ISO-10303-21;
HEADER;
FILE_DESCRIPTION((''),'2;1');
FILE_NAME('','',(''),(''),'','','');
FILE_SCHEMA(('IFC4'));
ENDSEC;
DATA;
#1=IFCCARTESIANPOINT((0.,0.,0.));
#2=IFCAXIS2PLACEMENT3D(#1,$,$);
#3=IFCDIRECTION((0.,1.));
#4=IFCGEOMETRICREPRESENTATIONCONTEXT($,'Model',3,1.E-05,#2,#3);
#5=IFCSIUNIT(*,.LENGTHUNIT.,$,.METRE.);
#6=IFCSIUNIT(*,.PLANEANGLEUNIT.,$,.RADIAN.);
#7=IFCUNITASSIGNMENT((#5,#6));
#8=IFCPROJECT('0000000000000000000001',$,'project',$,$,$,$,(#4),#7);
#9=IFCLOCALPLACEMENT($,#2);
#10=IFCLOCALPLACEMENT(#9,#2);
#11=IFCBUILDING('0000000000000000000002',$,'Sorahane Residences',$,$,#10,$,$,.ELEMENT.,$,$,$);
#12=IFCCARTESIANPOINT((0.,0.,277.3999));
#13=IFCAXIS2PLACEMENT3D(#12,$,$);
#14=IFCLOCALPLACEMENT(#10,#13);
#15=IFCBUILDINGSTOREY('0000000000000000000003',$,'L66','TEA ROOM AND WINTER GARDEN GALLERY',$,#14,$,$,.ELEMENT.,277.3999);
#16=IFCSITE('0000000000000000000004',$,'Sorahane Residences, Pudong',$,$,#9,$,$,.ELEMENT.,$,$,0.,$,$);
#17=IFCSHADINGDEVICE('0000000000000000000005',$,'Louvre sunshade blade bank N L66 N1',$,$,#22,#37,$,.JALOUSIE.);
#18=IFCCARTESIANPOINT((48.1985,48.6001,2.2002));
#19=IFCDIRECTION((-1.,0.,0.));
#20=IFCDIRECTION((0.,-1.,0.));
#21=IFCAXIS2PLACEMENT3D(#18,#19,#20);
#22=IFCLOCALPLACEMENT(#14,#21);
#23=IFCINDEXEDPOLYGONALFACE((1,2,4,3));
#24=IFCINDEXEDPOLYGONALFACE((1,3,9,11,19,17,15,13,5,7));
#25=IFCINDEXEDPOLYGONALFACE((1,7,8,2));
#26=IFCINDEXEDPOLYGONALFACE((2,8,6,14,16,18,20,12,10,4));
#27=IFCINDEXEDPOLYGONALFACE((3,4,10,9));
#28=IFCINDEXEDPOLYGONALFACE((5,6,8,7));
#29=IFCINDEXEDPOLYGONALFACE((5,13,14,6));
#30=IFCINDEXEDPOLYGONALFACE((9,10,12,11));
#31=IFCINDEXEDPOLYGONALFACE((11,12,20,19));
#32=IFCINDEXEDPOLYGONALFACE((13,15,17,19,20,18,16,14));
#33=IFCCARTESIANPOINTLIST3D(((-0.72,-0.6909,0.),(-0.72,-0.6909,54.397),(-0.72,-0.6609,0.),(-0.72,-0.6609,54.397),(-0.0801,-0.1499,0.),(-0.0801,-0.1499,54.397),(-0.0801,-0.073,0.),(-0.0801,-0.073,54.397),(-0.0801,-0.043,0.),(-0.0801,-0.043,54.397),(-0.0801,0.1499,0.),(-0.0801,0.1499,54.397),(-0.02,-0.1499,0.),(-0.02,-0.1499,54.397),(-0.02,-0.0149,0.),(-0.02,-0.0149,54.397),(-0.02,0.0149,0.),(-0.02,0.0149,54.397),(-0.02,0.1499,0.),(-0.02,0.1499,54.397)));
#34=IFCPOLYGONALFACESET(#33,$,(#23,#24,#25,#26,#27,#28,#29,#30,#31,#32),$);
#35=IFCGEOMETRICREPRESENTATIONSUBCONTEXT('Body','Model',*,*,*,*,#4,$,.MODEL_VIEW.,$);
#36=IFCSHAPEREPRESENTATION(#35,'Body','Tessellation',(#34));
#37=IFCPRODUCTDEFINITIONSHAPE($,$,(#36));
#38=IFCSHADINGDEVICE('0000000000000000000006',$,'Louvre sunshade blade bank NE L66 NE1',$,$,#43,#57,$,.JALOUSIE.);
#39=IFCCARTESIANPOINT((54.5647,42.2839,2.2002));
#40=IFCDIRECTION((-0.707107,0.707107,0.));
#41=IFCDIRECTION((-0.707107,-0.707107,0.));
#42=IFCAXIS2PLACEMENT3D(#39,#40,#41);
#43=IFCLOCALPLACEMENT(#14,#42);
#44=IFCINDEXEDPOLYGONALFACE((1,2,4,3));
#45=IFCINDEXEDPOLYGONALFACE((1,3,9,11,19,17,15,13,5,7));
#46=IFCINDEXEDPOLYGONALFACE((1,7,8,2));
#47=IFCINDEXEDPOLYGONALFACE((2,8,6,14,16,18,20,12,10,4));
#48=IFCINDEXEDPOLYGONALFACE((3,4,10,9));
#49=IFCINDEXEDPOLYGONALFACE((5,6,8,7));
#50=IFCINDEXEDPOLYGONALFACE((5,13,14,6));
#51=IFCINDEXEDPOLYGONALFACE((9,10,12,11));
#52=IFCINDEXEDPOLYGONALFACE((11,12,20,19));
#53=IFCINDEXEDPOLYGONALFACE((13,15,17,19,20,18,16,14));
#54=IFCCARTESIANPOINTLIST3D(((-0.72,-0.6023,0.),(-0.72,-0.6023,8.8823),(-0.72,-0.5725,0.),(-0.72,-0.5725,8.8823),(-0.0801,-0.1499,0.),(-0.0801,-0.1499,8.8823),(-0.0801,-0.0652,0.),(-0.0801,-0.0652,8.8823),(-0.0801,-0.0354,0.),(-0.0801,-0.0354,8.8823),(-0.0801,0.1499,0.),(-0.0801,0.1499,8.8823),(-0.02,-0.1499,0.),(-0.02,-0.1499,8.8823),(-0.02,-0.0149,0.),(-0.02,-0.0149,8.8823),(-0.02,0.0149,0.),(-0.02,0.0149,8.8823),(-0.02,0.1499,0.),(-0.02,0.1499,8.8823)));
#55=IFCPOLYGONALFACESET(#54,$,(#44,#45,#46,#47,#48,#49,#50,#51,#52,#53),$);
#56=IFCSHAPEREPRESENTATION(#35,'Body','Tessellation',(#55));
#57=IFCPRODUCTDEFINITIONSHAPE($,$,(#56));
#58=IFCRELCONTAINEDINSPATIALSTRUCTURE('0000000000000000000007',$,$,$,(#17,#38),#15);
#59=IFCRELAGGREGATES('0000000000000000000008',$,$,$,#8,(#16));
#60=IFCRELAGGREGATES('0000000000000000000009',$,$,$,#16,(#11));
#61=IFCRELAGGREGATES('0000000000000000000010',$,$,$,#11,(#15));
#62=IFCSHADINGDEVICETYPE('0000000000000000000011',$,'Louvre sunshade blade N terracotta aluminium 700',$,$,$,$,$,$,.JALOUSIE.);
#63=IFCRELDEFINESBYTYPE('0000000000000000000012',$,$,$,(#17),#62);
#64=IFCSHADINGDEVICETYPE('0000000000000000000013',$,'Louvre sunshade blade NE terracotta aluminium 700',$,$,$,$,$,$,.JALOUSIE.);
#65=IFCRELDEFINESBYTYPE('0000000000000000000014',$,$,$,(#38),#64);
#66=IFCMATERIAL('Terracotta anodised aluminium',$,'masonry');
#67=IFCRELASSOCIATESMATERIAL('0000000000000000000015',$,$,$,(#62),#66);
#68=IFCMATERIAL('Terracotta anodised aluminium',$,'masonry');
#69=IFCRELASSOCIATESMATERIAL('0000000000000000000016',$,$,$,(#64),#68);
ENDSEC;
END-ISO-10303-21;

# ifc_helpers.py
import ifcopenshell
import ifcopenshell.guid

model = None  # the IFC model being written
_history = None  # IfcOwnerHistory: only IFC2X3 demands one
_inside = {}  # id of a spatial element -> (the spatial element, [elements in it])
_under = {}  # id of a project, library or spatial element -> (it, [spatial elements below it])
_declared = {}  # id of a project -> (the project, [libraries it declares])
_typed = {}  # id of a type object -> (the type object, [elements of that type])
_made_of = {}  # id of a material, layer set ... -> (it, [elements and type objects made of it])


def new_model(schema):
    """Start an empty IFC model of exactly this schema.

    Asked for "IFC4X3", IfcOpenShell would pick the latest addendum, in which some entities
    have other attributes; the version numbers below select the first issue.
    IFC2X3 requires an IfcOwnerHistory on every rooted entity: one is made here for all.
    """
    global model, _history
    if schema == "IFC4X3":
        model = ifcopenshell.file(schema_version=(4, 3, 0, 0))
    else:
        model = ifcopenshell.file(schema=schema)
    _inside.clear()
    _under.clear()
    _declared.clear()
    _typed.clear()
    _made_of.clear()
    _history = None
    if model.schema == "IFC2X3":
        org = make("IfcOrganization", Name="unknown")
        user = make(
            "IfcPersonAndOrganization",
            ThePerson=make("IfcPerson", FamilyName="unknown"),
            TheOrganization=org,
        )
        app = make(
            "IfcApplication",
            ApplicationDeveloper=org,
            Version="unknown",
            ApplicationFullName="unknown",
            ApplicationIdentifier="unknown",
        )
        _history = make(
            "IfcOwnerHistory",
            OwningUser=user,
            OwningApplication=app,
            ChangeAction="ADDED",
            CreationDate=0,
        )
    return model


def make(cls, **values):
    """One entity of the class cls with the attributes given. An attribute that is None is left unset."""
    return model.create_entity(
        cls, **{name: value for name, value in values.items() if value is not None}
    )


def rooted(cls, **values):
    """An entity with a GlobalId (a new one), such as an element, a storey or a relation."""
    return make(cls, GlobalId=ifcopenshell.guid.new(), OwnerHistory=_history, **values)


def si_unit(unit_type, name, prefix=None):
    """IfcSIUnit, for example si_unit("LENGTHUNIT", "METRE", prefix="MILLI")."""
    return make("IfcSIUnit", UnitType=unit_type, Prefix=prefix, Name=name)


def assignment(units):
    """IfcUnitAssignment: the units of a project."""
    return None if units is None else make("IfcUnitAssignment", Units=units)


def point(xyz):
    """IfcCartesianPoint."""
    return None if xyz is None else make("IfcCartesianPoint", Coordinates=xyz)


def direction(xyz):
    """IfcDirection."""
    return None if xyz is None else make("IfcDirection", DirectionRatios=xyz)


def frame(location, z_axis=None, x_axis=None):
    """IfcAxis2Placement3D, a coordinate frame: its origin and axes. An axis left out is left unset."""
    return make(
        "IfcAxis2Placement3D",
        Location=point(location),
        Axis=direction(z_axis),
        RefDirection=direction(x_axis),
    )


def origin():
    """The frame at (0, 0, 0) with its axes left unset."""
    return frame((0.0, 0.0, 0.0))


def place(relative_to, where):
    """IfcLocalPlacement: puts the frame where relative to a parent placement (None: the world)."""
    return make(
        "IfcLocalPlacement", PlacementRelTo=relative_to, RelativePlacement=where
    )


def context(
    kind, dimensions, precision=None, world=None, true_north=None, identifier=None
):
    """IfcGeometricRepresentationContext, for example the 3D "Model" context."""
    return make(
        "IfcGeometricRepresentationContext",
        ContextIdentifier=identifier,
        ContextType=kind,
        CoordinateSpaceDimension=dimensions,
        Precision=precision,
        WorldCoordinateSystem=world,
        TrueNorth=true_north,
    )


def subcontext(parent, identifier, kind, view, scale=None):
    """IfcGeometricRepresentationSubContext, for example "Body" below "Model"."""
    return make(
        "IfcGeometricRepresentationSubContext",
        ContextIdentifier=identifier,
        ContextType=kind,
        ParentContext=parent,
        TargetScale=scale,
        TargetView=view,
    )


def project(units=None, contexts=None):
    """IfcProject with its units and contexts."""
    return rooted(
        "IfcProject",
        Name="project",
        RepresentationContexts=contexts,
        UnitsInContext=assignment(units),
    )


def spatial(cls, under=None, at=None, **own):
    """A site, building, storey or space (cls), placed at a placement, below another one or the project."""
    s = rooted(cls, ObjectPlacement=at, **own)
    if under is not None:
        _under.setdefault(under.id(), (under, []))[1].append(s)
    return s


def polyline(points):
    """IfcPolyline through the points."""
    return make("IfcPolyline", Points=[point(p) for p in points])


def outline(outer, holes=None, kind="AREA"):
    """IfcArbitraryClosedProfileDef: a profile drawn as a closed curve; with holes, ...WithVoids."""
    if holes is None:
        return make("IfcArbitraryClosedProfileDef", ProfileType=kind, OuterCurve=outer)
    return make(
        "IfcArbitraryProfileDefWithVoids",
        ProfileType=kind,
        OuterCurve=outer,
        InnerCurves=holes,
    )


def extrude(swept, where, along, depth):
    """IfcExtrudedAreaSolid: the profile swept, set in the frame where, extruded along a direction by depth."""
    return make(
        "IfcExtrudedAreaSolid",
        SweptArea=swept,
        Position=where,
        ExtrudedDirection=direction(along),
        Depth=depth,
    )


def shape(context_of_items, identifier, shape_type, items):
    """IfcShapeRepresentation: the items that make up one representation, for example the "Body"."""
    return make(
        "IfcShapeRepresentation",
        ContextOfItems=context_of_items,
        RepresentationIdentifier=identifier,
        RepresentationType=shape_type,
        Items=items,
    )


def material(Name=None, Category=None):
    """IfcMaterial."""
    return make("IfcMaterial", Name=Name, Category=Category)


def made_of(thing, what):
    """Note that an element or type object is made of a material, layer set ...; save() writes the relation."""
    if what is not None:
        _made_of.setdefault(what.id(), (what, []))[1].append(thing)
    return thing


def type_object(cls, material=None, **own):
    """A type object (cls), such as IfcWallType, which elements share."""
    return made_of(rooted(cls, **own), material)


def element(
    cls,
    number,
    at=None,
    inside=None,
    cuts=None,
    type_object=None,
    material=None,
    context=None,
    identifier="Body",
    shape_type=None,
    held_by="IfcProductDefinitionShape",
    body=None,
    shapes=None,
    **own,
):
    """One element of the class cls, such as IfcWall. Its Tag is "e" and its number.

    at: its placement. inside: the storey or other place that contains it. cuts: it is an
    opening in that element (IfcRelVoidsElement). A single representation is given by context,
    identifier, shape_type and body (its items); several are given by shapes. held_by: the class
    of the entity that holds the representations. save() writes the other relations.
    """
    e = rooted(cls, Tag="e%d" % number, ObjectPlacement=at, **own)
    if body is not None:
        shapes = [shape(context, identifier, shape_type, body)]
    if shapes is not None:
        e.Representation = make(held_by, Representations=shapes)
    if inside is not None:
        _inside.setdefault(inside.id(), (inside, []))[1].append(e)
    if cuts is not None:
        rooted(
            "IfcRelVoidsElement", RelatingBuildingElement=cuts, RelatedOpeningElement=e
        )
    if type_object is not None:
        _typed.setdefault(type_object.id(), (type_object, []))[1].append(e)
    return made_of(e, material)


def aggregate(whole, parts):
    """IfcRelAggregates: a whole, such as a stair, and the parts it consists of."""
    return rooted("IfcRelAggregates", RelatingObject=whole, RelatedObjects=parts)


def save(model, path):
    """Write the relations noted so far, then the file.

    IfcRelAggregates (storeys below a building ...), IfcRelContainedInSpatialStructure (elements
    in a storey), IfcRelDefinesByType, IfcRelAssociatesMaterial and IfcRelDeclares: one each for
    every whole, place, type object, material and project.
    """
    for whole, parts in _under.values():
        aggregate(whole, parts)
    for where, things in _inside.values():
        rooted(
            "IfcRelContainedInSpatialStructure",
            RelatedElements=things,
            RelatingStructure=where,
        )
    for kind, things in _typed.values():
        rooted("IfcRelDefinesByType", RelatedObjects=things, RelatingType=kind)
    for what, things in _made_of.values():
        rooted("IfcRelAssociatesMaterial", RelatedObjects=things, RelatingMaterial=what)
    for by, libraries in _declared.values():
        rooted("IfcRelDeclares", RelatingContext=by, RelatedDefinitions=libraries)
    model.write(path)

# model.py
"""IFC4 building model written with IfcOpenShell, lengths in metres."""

from ifc_helpers import new_model, si_unit, direction, frame, origin, place, context, subcontext, project, spatial, polyline, outline, extrude, material, type_object, element, save


model = new_model("IFC4")

# Units and contexts
model_context = context("Model", 3, precision=1e-05, world=origin(), true_north=direction((0.0, 1.0)))
body_context = subcontext(model_context, "Body", "Model", "MODEL_VIEW")
ifc_project = project(units=[si_unit("LENGTHUNIT", "METRE"), si_unit("PLANEANGLEUNIT", "RADIAN")], contexts=[model_context])

# Site, building, storey
site_placement = place(None, origin())
site = spatial("IfcSite", under=ifc_project, at=site_placement, Name="Sorahane Residences, Pudong", CompositionType="ELEMENT", RefElevation=0.0)
building_placement = place(site_placement, origin())
building = spatial("IfcBuilding", under=site, at=building_placement, Name="Sorahane Residences", CompositionType="ELEMENT")
storey_placement = place(building_placement, frame((0.0, 0.0, 277.3999)))
storey = spatial("IfcBuildingStorey", under=building, at=storey_placement, Name="L66", Description="TEA ROOM AND WINTER GARDEN GALLERY", CompositionType="ELEMENT", Elevation=277.3999)

# Shading devices
ifc_material_1 = material(Name="Terracotta anodised aluminium", Category="masonry")
shading_device_type_1 = type_object("IfcShadingDeviceType", Name="Louvre sunshade blade N terracotta aluminium 700", PredefinedType="JALOUSIE", material=ifc_material_1)
shading_device_1_placement = place(storey_placement, frame((48.1985, 48.6001, 2.2002), z_axis=(-1.0, 0.0, 0.0), x_axis=(0.0, -1.0, 0.0)))
element("IfcShadingDevice", 1, at=shading_device_1_placement, inside=storey, type_object=shading_device_type_1, Name="Louvre sunshade blade bank N L66 N1", PredefinedType="JALOUSIE", context=body_context, shape_type="SweptSolid", body=[
    extrude(outline(polyline([(-0.72, -0.6609), (-0.72, -0.6909), (-0.0801, -0.073), (-0.0801, -0.1499), (-0.02, -0.1499), (-0.02, -0.0149), (-0.02, 0.0149), (-0.02, 0.1499), (-0.0801, 0.1499), (-0.0801, -0.043), (-0.72, -0.6609)])), origin(), (0.0, 0.0, 1.0), 54.397),
])
ifc_material_2 = material(Name="Terracotta anodised aluminium", Category="masonry")
shading_device_type_2 = type_object("IfcShadingDeviceType", Name="Louvre sunshade blade NE terracotta aluminium 700", PredefinedType="JALOUSIE", material=ifc_material_2)
shading_device_2_placement = place(storey_placement, frame((54.5647, 42.2839, 2.2002), z_axis=(-0.707107, 0.707107, 0.0), x_axis=(-0.707107, -0.707107, 0.0)))
element("IfcShadingDevice", 2, at=shading_device_2_placement, inside=storey, type_object=shading_device_type_2, Name="Louvre sunshade blade bank NE L66 NE1", PredefinedType="JALOUSIE", context=body_context, shape_type="SweptSolid", body=[
    extrude(outline(polyline([(-0.72, -0.5725), (-0.72, -0.6023), (-0.0801, -0.0652), (-0.0801, -0.1499), (-0.02, -0.1499), (-0.02, -0.0149), (-0.02, 0.0149), (-0.02, 0.1499), (-0.0801, 0.1499), (-0.0801, -0.0354), (-0.72, -0.5725)])), origin(), (0.0, 0.0, 1.0), 8.8823),
])

save(model, "model.ifc")
